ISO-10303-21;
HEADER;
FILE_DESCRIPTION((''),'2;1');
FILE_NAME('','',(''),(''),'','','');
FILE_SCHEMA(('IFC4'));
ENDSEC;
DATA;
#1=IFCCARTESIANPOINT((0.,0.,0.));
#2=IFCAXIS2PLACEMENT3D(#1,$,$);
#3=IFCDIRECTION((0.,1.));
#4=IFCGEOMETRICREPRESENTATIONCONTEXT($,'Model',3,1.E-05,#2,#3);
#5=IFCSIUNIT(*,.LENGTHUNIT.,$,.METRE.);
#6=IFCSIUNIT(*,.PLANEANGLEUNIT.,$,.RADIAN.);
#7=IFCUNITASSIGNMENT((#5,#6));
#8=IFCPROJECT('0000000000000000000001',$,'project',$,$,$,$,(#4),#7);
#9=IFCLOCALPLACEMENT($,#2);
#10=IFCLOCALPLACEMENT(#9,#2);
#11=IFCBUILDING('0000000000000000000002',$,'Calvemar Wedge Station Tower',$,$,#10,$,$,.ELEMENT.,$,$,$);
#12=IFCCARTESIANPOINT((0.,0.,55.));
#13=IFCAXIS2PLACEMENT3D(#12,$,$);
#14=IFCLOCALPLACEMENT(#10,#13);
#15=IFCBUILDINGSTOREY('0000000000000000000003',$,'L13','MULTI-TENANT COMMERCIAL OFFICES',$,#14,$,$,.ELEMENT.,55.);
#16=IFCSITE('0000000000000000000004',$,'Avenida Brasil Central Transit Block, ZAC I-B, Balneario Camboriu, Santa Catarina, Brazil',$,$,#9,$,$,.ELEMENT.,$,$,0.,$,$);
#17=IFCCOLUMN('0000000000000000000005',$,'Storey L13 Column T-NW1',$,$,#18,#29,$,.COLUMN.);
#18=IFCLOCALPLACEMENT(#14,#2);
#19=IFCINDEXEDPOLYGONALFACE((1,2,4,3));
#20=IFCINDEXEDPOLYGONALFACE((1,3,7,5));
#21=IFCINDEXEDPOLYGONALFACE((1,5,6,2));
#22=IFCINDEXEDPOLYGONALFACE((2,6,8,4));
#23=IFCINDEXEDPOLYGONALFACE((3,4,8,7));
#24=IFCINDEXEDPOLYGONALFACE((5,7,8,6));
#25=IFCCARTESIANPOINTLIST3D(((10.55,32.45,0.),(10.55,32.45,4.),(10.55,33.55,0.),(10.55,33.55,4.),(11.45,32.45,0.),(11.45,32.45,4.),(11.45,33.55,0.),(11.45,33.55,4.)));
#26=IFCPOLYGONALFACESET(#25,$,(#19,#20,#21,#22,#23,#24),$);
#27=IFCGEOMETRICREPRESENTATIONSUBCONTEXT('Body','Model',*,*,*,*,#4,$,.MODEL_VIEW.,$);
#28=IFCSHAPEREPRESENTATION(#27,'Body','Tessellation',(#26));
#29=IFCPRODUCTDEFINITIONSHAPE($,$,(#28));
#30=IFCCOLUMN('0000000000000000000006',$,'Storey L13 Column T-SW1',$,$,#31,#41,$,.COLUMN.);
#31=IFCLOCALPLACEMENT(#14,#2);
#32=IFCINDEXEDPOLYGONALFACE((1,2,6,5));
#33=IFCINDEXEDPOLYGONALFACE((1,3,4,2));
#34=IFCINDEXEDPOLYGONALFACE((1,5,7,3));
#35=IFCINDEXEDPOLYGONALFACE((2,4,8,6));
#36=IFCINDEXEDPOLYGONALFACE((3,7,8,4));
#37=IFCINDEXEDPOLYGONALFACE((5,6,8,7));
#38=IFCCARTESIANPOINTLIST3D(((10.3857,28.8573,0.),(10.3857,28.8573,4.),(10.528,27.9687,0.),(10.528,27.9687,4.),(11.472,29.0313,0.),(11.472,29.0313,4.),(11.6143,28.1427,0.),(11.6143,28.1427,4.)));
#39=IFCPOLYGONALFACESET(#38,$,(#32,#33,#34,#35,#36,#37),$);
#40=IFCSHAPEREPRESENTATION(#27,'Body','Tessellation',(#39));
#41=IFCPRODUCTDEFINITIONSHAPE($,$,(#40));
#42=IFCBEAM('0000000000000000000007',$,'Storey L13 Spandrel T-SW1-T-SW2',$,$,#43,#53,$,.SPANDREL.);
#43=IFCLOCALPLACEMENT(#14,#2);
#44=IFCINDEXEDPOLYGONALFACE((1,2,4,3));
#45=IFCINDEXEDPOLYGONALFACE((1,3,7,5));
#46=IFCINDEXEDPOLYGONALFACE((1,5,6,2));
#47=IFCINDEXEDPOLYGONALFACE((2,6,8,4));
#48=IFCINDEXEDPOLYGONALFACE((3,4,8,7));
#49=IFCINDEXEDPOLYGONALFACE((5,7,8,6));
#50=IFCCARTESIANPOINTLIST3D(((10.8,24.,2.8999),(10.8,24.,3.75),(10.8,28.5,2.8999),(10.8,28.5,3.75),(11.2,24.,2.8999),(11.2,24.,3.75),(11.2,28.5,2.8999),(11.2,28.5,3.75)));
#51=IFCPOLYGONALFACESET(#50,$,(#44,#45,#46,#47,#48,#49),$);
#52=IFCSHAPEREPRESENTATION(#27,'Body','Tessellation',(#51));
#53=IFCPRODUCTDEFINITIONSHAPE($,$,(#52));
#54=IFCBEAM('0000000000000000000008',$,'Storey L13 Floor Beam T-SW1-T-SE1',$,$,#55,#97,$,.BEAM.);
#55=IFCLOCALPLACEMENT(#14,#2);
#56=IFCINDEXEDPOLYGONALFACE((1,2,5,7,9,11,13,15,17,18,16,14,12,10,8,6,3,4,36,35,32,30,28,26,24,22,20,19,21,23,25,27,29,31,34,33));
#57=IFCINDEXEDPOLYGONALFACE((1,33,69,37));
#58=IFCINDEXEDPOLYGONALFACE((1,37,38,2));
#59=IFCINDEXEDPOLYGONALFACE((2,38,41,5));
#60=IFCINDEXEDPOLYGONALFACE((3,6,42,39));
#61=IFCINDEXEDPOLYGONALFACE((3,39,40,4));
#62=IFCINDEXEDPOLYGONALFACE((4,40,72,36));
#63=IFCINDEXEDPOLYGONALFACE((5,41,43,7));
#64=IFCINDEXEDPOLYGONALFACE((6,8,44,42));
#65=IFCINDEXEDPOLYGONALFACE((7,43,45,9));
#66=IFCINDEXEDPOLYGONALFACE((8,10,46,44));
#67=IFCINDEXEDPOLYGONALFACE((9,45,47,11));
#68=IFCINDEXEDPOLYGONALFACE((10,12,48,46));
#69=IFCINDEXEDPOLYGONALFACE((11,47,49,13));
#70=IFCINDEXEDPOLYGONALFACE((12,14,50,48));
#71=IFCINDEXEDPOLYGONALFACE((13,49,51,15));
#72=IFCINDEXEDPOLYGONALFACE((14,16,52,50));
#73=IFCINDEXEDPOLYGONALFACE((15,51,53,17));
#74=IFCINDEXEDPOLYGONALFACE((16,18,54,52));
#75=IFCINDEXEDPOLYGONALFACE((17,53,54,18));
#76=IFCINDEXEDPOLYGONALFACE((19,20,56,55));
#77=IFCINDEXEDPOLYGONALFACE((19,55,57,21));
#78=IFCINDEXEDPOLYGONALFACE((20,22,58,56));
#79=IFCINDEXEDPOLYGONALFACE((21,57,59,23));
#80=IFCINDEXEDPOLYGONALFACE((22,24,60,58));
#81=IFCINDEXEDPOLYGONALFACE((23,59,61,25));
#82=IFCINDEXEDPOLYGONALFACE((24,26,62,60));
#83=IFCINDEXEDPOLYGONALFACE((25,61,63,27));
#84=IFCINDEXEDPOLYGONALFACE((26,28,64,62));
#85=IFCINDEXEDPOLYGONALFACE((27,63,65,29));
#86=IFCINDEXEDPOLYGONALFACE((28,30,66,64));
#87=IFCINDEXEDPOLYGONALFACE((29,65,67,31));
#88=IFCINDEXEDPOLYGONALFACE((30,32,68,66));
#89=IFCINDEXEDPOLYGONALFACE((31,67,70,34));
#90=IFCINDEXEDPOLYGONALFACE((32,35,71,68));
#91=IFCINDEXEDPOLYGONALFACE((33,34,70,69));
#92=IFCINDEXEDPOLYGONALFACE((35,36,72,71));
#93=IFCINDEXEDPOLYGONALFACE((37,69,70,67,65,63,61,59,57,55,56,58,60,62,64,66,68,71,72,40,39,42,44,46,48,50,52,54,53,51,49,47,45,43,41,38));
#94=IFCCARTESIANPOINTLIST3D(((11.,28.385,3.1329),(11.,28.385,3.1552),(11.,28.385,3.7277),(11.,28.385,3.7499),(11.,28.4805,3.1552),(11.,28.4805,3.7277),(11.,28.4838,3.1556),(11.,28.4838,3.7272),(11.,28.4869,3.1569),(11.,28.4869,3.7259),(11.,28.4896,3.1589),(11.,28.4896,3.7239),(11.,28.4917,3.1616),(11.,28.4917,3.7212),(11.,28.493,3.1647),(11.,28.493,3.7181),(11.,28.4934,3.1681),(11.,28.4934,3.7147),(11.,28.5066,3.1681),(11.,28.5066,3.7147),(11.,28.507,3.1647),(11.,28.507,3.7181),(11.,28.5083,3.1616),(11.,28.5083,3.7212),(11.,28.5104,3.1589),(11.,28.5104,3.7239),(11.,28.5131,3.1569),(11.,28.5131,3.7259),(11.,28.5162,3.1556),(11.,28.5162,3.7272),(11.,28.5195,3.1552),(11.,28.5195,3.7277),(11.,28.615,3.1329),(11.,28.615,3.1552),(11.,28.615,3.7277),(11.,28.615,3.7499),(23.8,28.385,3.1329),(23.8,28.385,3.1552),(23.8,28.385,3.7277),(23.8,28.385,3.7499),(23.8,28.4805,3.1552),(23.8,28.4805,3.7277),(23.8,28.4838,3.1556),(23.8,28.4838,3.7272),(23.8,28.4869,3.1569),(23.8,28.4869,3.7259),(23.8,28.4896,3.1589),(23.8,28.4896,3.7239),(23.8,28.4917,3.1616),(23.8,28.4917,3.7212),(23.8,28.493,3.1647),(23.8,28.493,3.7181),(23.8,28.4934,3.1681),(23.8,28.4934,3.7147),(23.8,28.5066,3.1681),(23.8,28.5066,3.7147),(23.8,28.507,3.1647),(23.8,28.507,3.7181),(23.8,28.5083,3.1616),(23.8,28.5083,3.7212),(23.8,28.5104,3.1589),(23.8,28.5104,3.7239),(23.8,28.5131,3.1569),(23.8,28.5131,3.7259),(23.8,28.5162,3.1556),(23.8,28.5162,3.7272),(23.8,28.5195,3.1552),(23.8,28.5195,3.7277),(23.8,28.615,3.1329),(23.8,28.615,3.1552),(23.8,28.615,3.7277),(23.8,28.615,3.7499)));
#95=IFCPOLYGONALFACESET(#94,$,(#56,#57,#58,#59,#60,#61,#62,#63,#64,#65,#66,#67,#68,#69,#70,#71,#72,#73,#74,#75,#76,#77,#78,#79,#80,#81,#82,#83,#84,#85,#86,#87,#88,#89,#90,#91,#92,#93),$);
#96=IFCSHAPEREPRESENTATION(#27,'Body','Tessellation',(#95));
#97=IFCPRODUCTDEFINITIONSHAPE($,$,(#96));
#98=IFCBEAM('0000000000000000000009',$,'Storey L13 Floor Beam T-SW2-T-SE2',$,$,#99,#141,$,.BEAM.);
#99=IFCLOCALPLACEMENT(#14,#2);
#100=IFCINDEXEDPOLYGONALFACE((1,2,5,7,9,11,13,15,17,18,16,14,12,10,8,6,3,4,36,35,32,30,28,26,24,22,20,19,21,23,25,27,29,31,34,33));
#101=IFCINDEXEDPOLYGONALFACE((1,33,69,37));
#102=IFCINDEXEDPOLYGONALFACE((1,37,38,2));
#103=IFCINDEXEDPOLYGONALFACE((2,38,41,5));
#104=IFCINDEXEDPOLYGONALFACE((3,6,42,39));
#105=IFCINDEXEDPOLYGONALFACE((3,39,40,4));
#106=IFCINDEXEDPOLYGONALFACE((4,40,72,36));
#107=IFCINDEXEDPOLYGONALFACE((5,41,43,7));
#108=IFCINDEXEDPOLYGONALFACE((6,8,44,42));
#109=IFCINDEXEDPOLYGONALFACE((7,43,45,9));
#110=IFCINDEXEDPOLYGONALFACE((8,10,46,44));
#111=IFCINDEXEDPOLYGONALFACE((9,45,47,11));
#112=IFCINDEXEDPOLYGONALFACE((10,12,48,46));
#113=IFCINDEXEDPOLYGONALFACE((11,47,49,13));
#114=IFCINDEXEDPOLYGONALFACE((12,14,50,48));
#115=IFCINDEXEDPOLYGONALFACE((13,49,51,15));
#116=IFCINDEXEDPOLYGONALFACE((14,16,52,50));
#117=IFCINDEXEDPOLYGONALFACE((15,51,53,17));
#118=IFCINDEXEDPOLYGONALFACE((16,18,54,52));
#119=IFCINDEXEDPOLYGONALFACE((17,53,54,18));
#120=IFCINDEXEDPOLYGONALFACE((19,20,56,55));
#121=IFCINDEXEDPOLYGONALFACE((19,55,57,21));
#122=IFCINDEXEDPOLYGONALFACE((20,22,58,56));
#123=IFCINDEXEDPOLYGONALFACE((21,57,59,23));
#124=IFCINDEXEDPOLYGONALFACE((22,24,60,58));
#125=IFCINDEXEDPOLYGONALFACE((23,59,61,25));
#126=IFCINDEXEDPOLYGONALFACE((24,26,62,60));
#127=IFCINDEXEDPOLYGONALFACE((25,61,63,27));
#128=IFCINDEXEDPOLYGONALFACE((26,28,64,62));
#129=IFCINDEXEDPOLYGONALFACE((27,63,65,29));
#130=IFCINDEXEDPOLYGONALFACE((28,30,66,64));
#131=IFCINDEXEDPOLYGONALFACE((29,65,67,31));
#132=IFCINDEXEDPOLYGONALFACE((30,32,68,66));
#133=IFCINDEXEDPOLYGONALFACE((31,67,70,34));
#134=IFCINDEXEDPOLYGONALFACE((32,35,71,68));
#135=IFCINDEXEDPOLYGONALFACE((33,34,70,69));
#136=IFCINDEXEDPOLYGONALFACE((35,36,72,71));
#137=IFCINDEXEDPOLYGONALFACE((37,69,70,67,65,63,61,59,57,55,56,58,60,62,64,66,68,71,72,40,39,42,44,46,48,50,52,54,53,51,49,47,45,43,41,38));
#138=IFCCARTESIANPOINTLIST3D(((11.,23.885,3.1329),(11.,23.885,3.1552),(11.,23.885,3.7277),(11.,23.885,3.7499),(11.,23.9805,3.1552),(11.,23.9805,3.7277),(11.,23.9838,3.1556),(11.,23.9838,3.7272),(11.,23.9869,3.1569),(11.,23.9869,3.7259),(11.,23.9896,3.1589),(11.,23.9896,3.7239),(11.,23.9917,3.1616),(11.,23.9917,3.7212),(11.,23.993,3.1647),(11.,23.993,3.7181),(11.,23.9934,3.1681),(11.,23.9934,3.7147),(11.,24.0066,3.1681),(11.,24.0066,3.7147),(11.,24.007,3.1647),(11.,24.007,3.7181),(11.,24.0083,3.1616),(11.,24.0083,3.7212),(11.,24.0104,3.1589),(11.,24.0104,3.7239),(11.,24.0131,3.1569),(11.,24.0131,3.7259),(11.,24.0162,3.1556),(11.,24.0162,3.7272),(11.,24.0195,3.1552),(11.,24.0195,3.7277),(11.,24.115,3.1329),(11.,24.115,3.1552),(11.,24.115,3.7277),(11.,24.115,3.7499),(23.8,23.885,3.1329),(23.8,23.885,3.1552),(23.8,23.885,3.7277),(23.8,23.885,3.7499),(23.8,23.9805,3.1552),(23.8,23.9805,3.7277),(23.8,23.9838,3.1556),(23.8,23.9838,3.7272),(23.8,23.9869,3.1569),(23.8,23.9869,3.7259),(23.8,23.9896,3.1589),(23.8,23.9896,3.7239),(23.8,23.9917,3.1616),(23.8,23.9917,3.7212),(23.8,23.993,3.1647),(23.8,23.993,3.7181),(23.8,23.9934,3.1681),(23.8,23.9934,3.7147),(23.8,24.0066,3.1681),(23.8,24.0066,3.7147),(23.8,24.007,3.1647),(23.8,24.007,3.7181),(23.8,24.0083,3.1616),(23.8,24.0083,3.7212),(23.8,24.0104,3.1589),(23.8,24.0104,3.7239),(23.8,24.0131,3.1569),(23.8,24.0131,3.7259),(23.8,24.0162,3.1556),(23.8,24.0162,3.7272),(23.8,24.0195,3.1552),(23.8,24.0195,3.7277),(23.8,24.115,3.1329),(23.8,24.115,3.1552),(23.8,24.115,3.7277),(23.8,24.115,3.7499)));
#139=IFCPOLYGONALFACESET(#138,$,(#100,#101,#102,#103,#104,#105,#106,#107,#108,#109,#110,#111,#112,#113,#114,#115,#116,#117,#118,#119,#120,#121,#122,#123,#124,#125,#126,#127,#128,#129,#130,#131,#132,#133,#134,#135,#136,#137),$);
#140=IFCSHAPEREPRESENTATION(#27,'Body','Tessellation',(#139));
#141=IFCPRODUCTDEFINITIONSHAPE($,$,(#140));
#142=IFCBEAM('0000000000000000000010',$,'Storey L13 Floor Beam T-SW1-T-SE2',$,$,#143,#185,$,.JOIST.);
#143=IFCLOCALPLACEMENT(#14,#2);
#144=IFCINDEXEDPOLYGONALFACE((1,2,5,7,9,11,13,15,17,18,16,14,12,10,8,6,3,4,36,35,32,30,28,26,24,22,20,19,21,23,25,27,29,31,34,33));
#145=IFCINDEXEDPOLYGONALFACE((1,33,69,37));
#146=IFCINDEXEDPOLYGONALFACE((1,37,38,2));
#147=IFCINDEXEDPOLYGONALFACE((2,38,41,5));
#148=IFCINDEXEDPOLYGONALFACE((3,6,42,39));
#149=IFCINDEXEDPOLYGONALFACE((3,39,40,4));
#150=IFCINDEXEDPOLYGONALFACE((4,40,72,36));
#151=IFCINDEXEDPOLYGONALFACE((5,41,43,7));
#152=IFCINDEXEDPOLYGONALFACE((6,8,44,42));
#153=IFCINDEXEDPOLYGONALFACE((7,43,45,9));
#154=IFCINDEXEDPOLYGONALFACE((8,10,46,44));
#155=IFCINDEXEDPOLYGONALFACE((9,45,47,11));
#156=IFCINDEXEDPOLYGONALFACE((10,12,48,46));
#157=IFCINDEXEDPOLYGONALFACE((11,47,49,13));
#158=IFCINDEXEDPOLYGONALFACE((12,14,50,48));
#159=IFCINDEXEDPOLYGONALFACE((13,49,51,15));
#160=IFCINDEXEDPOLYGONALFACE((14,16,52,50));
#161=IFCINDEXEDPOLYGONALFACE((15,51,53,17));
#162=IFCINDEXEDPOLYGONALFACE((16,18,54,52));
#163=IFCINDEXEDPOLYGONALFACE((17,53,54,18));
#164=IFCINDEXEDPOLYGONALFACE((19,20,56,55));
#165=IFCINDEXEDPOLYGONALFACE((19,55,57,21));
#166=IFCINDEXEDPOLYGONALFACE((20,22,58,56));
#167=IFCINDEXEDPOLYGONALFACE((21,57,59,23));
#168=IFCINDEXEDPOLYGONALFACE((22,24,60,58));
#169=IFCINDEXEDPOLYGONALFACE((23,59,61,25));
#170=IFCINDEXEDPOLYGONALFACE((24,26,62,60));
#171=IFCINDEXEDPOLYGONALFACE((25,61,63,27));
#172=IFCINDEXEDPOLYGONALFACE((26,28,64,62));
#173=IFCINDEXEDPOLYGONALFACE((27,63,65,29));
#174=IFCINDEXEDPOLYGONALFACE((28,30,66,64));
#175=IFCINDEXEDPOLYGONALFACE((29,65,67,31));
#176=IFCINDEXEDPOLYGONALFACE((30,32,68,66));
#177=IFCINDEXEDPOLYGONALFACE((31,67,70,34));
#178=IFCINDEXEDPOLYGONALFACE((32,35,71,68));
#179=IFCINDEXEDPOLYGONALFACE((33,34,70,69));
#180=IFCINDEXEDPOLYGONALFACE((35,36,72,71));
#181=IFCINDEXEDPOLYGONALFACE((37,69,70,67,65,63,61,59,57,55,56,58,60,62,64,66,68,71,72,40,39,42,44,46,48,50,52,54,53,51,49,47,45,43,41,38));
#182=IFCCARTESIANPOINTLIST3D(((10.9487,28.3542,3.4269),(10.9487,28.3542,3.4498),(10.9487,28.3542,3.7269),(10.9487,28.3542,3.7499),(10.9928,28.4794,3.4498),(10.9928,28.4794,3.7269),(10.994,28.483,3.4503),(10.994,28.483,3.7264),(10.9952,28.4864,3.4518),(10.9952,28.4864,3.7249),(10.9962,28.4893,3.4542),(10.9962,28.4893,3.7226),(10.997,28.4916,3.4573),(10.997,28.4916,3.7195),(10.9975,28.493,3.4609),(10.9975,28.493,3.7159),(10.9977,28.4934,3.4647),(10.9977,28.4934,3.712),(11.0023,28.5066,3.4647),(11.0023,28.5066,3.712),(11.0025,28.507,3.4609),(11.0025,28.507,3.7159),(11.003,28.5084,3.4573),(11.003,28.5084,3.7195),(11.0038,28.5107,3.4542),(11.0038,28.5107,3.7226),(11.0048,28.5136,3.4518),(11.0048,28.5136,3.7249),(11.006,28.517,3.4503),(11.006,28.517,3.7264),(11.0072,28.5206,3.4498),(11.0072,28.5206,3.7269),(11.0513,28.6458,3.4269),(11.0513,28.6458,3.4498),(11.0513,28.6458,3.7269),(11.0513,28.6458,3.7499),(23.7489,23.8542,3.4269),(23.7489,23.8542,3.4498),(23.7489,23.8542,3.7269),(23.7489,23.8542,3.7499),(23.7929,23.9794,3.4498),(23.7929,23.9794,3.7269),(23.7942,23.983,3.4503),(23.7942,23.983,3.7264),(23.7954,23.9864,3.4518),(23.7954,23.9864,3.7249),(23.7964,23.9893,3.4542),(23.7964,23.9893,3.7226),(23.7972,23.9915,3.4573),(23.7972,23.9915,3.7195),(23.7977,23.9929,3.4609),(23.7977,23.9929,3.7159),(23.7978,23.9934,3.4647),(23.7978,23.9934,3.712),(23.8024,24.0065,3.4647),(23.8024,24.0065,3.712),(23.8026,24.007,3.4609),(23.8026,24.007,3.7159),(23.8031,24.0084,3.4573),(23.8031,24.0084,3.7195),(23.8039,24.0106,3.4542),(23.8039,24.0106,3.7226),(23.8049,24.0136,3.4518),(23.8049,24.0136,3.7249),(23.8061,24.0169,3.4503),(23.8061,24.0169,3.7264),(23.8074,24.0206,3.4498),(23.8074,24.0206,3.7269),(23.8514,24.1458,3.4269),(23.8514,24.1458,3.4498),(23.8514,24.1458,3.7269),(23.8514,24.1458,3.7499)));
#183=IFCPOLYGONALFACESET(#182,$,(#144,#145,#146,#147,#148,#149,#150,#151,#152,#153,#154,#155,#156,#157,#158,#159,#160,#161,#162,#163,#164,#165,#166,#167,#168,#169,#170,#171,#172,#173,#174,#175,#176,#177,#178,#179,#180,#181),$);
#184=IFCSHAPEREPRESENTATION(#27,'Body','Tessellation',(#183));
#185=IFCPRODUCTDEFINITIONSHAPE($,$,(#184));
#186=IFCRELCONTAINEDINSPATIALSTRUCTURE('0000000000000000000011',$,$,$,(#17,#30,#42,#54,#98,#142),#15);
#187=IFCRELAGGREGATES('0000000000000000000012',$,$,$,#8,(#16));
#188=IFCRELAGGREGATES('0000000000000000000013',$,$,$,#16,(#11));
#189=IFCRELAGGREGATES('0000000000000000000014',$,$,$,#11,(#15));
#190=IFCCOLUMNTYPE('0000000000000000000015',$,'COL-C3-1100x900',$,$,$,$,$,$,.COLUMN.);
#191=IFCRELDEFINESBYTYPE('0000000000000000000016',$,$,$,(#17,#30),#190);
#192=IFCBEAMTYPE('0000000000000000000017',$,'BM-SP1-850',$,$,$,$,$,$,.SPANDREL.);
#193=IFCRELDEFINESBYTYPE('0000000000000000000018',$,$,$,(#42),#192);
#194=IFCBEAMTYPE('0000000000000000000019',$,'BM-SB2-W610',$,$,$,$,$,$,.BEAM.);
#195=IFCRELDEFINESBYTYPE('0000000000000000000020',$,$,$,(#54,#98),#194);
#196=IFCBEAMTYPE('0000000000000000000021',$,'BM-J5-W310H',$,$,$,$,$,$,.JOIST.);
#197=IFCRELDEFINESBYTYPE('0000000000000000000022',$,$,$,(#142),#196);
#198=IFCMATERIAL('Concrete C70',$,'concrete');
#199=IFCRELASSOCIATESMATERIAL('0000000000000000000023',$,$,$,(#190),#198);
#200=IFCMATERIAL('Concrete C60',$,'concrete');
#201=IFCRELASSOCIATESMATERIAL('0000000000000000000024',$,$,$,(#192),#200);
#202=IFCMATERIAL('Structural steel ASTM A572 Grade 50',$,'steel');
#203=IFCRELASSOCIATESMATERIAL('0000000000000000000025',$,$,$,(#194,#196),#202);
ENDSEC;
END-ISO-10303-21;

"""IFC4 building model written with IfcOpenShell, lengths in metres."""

from ifc_helpers import new_model, si_unit, direction, frame, origin, origin_2d, place, context, subcontext, project, spatial, rectangle, i_section, extrude, source, transform, mapped, material, material_profile, profile_set, type_object, element, save


model = new_model("IFC4")

# Units and contexts
model_context = context("Model", 3, precision=1e-05, world=origin(), true_north=direction((0.0, 1.0)))
body_context = subcontext(model_context, "Body", "Model", "MODEL_VIEW")
ifc_project = project(units=[si_unit("LENGTHUNIT", "METRE"), si_unit("PLANEANGLEUNIT", "RADIAN")], contexts=[model_context])

# Site, building, storey
site_placement = place(None, origin())
site = spatial("IfcSite", under=ifc_project, at=site_placement, Name="Avenida Brasil Central Transit Block, ZAC I-B, Balneario Camboriu, Santa Catarina, Brazil", CompositionType="ELEMENT", RefElevation=0.0)
building_placement = place(site_placement, origin())
building = spatial("IfcBuilding", under=site, at=building_placement, Name="Calvemar Wedge Station Tower", CompositionType="ELEMENT")
storey_placement = place(building_placement, frame((0.0, 0.0, 55.0)))
storey = spatial("IfcBuildingStorey", under=building, at=storey_placement, Name="L13", Description="MULTI-TENANT COMMERCIAL OFFICES", CompositionType="ELEMENT", Elevation=55.0)

# Columns
ifc_material_1 = material(Name="Concrete C70", Category="concrete")
ifc_material_profile_1 = material_profile(ifc_material_1, rectangle(XDim=0.8999, YDim=1.1001, at=origin_2d()), Name="RC1100x900")
ifc_profile_set_1 = profile_set([ifc_material_profile_1], Name="Concrete C70")
column_type = type_object("IfcColumnType", Name="COL-C3-1100x900", PredefinedType="COLUMN", material=ifc_profile_set_1)
shared_shape_1 = source(origin(), body_context, "Body", "SweptSolid", [
    extrude(rectangle(XDim=0.8999, YDim=1.1001, at=origin_2d()), origin(), (0.0, 0.0, 1.0), 4.0),
])
for number, where, z_axis, x_axis, name in (
    (1, (11.0, 33.0, 0.0), (0.0, 0.0, 1.0), (1.0, 0.0, 0.0), "Storey L13 Column T-NW1"),
    (2, (11.0, 28.5, 0.0), (0.0, 0.0, 1.0), (0.158158, -0.987414, 0.0), "Storey L13 Column T-SW1"),
):
    element("IfcColumn", number, at=place(storey_placement, frame(where, z_axis=z_axis, x_axis=x_axis)), inside=storey, type_object=column_type, Name=name, PredefinedType="COLUMN", context=body_context, shape_type="MappedRepresentation", body=[
        mapped(shared_shape_1, transform((0.0, 0.0, 0.0), scale=1.0)),
    ])

# Beams
ifc_material_2 = material(Name="Concrete C60", Category="concrete")
ifc_material_profile_2 = material_profile(ifc_material_2, rectangle(XDim=0.3999, YDim=0.8501, at=origin_2d()), Name="RC400x850")
ifc_profile_set_2 = profile_set([ifc_material_profile_2], Name="Concrete C60")
beam_type_1 = type_object("IfcBeamType", Name="BM-SP1-850", PredefinedType="SPANDREL", material=ifc_profile_set_2)
shared_shape_2 = source(origin(), body_context, "Body", "SweptSolid", [
    extrude(rectangle(XDim=0.3999, YDim=0.8501, at=origin_2d()), origin(), (0.0, 0.0, 1.0), 4.5),
])
beam_1_placement = place(storey_placement, frame((11.0, 28.5, 3.325), z_axis=(0.0, -1.0, 0.0), x_axis=(1.0, 0.0, 0.0)))
element("IfcBeam", 3, at=beam_1_placement, inside=storey, type_object=beam_type_1, Name="Storey L13 Spandrel T-SW1-T-SW2", PredefinedType="SPANDREL", context=body_context, shape_type="MappedRepresentation", body=[
    mapped(shared_shape_2, transform((0.0, 0.0, 0.0), scale=1.0)),
])
ifc_material_3 = material(Name="Structural steel ASTM A572 Grade 50", Category="steel")
ifc_material_profile_3 = material_profile(ifc_material_3, i_section(OverallWidth=0.23, OverallDepth=0.6169, WebThickness=0.0132, FlangeThickness=0.0222, FilletRadius=0.0129, at=origin_2d()), Name="W610x140")
ifc_profile_set_3 = profile_set([ifc_material_profile_3], Name="Structural steel ASTM A572 Grade 50")
beam_type_2 = type_object("IfcBeamType", Name="BM-SB2-W610", PredefinedType="BEAM", material=ifc_profile_set_3)
shared_shape_3 = source(origin(), body_context, "Body", "SweptSolid", [
    extrude(i_section(OverallWidth=0.23, OverallDepth=0.6169, WebThickness=0.0132, FlangeThickness=0.0222, FilletRadius=0.0129, at=origin_2d()), origin(), (0.0, 0.0, 1.0), 12.8),
])
for number, where, z_axis, x_axis, name in (
    (4, (11.0, 28.5, 3.4414), (1.0, 0.0, 0.0), (0.0, 1.0, 0.0), "Storey L13 Floor Beam T-SW1-T-SE1"),
    (5, (11.0, 24.0, 3.4414), (1.0, 0.0, 0.0), (0.0, 1.0, 0.0), "Storey L13 Floor Beam T-SW2-T-SE2"),
):
    element("IfcBeam", number, at=place(storey_placement, frame(where, z_axis=z_axis, x_axis=x_axis)), inside=storey, type_object=beam_type_2, Name=name, PredefinedType="BEAM", context=body_context, shape_type="MappedRepresentation", body=[
        mapped(shared_shape_3, transform((0.0, 0.0, 0.0), scale=1.0)),
    ])
ifc_material_profile_4 = material_profile(ifc_material_3, i_section(OverallWidth=0.3091, OverallDepth=0.323, WebThickness=0.0139, FlangeThickness=0.0229, FilletRadius=0.0149, at=origin_2d()), Name="W310x143")
ifc_profile_set_4 = profile_set([ifc_material_profile_4], Name="Structural steel ASTM A572 Grade 50")
beam_type_3 = type_object("IfcBeamType", Name="BM-J5-W310H", PredefinedType="JOIST", material=ifc_profile_set_4)
shared_shape_4 = source(origin(), body_context, "Body", "SweptSolid", [
    extrude(i_section(OverallWidth=0.3091, OverallDepth=0.323, WebThickness=0.0139, FlangeThickness=0.0229, FilletRadius=0.0149, at=origin_2d()), origin(), (0.0, 0.0, 1.0), 13.5681),
])
beam_2_placement = place(storey_placement, frame((11.0, 28.5, 3.5884), z_axis=(0.943398, -0.331662, 0.0), x_axis=(0.331662, 0.943398, 0.0)))
element("IfcBeam", 6, at=beam_2_placement, inside=storey, type_object=beam_type_3, Name="Storey L13 Floor Beam T-SW1-T-SE2", PredefinedType="JOIST", context=body_context, shape_type="MappedRepresentation", body=[
    mapped(shared_shape_4, transform((0.0, 0.0, 0.0), scale=1.0)),
])

save(model, "model.ifc")
